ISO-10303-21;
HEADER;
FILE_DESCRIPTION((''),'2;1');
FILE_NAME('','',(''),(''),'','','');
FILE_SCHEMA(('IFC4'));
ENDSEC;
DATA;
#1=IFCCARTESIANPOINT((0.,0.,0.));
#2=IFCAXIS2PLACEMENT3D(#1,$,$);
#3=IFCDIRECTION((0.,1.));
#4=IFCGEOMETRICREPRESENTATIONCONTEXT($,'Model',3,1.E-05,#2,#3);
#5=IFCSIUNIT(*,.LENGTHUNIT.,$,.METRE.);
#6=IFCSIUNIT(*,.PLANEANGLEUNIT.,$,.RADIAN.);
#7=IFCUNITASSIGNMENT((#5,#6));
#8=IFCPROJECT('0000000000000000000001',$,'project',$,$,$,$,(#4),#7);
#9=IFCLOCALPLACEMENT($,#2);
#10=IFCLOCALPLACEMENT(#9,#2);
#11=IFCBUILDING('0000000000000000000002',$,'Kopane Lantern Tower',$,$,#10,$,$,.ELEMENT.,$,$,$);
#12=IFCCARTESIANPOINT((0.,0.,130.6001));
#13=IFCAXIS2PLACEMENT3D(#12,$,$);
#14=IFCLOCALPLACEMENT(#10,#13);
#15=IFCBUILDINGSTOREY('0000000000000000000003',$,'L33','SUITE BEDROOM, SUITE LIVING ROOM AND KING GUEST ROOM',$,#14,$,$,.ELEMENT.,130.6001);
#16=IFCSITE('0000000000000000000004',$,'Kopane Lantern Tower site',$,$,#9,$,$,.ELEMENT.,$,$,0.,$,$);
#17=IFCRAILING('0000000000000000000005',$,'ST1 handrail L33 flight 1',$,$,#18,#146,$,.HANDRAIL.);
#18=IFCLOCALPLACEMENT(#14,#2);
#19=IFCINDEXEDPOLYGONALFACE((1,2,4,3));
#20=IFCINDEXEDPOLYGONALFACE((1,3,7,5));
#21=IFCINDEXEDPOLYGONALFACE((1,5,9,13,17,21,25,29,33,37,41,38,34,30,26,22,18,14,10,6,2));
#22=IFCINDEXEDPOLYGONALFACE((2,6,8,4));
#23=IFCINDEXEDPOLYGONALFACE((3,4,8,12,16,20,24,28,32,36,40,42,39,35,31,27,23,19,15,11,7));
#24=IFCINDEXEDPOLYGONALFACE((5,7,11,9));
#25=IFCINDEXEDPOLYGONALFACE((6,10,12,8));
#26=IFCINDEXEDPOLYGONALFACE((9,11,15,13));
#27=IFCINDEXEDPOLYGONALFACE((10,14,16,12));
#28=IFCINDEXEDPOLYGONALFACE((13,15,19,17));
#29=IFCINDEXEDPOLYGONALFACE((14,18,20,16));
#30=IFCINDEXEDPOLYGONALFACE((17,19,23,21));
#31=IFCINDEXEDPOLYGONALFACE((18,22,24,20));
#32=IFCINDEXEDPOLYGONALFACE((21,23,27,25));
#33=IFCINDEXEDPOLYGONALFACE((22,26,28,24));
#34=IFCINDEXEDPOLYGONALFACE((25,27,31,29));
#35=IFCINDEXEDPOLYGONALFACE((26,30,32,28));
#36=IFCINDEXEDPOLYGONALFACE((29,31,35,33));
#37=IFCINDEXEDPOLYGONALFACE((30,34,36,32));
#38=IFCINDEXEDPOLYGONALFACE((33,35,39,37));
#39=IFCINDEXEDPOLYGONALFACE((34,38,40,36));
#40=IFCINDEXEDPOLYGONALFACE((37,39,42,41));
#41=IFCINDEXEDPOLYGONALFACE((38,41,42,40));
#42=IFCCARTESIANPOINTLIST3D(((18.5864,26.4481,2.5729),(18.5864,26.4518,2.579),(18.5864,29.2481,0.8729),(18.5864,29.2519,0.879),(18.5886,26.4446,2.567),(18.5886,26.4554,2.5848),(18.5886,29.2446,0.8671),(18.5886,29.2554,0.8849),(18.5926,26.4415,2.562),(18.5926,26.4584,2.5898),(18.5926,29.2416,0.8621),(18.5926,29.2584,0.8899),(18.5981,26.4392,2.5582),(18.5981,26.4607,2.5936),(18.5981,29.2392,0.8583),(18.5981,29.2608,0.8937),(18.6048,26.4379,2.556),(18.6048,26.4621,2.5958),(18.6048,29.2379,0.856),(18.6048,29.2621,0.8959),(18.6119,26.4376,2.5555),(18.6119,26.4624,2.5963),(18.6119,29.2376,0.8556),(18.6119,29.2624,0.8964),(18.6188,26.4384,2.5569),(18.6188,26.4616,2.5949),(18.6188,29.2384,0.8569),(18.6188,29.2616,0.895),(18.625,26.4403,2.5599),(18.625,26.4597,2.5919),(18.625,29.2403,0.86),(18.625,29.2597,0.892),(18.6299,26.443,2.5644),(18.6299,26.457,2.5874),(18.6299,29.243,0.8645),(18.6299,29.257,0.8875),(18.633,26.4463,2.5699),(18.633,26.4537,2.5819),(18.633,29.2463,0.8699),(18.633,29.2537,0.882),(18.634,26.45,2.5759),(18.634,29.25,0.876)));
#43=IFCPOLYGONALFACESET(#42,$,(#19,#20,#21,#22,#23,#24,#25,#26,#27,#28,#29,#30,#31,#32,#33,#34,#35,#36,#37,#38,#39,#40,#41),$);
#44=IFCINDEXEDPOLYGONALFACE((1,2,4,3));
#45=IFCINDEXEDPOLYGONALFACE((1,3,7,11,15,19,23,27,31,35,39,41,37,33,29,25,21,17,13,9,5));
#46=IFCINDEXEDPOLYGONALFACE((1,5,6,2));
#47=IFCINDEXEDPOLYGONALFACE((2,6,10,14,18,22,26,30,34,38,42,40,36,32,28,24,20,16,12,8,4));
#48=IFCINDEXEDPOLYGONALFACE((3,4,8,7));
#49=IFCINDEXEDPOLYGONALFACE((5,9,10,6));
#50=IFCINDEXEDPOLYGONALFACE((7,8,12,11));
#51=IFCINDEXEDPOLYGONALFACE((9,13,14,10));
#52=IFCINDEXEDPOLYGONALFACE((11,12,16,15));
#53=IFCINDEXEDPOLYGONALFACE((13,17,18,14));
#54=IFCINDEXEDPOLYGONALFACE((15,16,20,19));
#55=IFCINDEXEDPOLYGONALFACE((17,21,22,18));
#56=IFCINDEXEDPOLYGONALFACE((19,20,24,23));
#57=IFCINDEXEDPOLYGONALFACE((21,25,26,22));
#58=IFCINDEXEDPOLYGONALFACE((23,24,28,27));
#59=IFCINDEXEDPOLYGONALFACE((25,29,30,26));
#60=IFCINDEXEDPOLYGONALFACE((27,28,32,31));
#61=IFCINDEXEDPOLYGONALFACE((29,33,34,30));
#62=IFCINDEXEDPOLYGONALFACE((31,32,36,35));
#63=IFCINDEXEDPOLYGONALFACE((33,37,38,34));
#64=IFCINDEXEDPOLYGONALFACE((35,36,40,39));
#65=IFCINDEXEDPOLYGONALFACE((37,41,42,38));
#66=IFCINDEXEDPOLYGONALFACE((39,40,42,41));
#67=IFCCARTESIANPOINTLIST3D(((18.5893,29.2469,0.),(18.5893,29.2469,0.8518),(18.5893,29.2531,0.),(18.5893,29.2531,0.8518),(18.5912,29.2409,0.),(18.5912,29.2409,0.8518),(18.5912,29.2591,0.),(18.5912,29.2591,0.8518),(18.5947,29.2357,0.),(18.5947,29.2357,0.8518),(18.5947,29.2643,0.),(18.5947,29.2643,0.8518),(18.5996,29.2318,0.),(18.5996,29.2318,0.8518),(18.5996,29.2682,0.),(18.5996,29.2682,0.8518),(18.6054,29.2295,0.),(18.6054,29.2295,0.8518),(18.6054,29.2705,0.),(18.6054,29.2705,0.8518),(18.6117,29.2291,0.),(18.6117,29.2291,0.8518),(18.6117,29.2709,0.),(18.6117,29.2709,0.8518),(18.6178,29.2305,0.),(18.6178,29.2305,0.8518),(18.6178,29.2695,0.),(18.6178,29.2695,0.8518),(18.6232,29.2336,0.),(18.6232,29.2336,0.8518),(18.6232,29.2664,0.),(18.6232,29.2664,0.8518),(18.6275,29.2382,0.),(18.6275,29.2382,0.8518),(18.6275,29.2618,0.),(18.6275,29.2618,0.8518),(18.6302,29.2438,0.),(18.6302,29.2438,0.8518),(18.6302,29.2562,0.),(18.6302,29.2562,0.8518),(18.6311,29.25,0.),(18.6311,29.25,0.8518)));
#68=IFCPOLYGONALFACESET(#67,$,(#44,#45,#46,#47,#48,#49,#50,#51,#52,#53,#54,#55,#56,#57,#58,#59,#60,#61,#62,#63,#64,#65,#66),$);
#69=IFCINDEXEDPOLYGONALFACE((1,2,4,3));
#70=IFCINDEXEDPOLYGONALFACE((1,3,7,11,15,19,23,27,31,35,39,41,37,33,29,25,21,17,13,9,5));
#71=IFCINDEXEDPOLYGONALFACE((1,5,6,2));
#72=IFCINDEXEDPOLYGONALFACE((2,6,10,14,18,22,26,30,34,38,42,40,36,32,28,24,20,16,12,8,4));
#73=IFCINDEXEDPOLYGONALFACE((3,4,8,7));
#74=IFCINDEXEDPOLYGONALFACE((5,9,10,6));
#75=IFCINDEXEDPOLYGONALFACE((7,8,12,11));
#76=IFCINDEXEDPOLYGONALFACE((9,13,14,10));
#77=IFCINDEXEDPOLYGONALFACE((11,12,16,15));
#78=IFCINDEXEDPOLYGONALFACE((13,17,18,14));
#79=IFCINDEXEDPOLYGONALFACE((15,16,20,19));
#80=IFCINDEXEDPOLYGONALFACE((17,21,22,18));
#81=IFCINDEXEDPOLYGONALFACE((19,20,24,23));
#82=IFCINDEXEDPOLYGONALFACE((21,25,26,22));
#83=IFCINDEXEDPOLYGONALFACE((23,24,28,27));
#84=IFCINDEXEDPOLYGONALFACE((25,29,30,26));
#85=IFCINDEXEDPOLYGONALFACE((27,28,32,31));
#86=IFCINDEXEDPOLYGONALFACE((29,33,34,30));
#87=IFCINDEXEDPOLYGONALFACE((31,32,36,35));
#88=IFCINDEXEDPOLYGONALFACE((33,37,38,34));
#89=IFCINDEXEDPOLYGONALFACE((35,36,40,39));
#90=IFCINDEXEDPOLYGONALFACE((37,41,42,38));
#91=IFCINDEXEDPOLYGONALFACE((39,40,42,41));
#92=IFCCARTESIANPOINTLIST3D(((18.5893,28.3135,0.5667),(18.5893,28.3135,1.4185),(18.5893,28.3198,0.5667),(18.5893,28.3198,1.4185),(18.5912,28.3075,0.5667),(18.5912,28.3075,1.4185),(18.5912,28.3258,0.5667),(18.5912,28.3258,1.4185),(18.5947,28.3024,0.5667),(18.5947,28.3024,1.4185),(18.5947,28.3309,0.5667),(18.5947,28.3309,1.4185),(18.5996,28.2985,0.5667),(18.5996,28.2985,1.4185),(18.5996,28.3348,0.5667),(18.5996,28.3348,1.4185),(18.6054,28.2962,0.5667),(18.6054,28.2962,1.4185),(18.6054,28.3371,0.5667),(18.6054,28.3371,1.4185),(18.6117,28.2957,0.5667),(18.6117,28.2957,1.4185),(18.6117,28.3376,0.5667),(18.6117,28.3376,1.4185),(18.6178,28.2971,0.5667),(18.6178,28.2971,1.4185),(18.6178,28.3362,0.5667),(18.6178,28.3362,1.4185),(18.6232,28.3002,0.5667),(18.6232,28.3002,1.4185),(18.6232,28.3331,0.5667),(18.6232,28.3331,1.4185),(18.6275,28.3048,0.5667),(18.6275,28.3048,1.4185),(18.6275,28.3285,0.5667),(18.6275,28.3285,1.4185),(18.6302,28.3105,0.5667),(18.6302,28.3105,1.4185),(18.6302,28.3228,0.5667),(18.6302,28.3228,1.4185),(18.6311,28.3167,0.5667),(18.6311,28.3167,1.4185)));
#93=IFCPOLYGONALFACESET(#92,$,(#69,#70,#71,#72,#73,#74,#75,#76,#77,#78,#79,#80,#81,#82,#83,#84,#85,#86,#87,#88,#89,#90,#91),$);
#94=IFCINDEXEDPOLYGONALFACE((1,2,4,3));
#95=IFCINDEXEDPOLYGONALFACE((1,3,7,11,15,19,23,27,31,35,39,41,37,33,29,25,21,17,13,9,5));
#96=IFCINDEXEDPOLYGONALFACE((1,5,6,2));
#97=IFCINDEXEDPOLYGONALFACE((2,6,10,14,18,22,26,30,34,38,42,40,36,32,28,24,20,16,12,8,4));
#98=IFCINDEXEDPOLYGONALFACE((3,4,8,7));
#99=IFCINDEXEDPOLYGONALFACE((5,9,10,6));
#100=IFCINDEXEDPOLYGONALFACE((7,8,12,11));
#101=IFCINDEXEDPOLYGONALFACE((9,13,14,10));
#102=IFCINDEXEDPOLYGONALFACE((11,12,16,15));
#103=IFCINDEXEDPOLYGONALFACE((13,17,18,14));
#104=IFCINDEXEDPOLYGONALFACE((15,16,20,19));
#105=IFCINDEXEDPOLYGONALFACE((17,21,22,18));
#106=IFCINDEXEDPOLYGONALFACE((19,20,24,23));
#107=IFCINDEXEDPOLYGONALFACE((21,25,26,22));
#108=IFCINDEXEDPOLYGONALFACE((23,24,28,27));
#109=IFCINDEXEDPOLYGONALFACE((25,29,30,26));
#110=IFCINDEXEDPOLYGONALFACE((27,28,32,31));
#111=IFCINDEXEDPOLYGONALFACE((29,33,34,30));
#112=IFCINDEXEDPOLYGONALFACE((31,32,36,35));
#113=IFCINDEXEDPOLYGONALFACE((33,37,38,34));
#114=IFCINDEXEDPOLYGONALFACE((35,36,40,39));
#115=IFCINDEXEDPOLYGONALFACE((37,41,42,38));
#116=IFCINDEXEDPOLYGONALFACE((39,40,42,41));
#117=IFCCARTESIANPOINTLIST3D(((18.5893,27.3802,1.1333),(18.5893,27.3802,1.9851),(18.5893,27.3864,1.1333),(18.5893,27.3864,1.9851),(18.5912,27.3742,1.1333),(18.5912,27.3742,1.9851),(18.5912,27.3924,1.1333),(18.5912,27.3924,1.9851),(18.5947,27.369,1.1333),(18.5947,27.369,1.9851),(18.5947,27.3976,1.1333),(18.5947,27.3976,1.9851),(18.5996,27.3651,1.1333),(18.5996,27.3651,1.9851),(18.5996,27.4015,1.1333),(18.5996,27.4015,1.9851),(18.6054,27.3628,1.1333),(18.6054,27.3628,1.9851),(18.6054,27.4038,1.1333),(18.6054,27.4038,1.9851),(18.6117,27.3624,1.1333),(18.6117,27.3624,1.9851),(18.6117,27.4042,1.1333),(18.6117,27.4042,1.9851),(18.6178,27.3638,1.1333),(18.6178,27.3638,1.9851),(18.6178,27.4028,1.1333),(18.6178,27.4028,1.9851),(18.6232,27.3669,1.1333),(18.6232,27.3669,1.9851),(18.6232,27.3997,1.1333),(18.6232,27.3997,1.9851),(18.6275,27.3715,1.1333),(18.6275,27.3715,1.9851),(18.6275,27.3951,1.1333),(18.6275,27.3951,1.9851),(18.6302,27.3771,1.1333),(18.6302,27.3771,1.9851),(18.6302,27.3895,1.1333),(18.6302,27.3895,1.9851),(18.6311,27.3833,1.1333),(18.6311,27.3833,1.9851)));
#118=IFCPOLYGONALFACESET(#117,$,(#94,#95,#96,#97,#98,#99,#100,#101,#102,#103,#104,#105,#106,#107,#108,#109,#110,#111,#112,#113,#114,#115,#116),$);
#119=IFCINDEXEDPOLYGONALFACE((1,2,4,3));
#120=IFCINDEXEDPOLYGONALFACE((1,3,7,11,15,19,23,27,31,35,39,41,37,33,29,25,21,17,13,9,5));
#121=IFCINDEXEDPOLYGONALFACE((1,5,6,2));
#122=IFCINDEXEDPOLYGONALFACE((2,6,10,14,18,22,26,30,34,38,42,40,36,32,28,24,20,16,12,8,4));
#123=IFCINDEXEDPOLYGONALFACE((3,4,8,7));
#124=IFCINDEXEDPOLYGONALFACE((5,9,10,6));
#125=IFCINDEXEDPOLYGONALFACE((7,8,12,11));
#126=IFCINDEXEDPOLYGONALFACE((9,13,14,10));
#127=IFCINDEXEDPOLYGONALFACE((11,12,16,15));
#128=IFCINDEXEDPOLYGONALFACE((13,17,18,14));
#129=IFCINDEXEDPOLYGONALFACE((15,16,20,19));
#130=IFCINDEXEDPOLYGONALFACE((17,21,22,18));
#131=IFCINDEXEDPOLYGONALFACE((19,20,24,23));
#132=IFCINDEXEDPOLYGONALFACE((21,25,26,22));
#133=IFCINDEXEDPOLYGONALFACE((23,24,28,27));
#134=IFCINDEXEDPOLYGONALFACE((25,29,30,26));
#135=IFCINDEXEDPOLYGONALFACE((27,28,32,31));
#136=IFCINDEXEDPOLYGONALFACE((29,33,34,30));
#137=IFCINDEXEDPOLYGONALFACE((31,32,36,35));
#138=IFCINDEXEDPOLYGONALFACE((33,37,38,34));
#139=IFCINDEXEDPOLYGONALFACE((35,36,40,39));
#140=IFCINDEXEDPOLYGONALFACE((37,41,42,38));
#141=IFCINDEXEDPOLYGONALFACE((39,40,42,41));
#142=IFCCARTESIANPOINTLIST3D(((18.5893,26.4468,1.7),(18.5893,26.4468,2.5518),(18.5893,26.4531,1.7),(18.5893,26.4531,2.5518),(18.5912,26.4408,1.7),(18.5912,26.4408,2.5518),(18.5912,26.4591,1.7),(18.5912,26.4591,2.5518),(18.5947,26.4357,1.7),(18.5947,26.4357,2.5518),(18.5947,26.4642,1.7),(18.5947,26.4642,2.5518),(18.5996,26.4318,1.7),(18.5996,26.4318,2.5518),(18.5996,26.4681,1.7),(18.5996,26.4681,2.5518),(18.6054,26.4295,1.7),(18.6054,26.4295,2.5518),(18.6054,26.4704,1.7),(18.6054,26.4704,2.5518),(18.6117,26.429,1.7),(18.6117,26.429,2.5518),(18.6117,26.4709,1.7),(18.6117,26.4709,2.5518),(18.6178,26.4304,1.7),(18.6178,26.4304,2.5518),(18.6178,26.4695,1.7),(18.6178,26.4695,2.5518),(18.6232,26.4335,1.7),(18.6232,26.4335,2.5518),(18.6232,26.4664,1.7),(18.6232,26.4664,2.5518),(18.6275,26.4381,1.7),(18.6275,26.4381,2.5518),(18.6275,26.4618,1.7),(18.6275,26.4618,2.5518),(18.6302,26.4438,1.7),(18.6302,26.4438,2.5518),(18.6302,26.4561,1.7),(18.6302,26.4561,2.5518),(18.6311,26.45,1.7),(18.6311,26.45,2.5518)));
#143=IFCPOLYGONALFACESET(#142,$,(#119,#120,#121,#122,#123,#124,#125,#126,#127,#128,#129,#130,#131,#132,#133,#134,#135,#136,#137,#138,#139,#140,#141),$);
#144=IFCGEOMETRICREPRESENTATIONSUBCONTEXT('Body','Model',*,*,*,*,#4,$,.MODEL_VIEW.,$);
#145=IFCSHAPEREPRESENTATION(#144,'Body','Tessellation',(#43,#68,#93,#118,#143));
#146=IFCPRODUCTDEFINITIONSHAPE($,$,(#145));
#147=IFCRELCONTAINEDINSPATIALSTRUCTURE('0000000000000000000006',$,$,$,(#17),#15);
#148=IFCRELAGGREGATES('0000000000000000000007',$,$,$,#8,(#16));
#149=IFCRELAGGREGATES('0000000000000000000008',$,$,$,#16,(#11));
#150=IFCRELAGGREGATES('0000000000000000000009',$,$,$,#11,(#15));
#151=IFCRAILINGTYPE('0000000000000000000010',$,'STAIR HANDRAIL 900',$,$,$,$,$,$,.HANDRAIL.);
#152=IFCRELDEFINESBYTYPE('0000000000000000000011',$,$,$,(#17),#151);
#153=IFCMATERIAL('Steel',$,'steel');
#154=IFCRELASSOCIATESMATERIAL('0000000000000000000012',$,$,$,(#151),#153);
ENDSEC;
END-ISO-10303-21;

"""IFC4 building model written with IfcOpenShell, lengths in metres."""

from ifc_helpers import new_model, si_unit, direction, frame, origin, origin_2d, place, context, subcontext, project, spatial, circle, extrude, material, type_object, element, save


model = new_model("IFC4")

# Units and contexts
model_context = context("Model", 3, precision=1e-05, world=origin(), true_north=direction((0.0, 1.0)))
body_context = subcontext(model_context, "Body", "Model", "MODEL_VIEW")
ifc_project = project(units=[si_unit("LENGTHUNIT", "METRE"), si_unit("PLANEANGLEUNIT", "RADIAN")], contexts=[model_context])

# Site, building, storey
site_placement = place(None, origin())
site = spatial("IfcSite", under=ifc_project, at=site_placement, Name="Kopane Lantern Tower site", CompositionType="ELEMENT", RefElevation=0.0)
building_placement = place(site_placement, origin())
building = spatial("IfcBuilding", under=site, at=building_placement, Name="Kopane Lantern Tower", CompositionType="ELEMENT")
storey_placement = place(building_placement, frame((0.0, 0.0, 130.6001)))
storey = spatial("IfcBuildingStorey", under=building, at=storey_placement, Name="L33", Description="SUITE BEDROOM, SUITE LIVING ROOM AND KING GUEST ROOM", CompositionType="ELEMENT", Elevation=130.6001)

# Railing
ifc_material_1 = material(Name="Steel", Category="steel")
railing_type_1 = type_object("IfcRailingType", Name="STAIR HANDRAIL 900", PredefinedType="HANDRAIL", material=ifc_material_1)
for number, where, name in (
    (1, (18.6101, 29.25, 0.0), "ST1 handrail L33 flight 1"),
):
    element("IfcRailing", number, at=place(storey_placement, frame(where)), inside=storey, type_object=railing_type_1, Name=name, PredefinedType="HANDRAIL", context=body_context, shape_type="SweptSolid", body=[
        extrude(circle(Radius=0.0239, at=origin_2d()), frame((0.0, 0.0, 0.876), z_axis=(0.0, -0.854798, 0.518961), x_axis=(1.0, 0.0, 0.0)), (0.0, 0.0, 1.0), 3.2756),
        extrude(circle(Radius=0.021, at=origin_2d()), origin(), (0.0, 0.0, 1.0), 0.8518),
        extrude(circle(Radius=0.021, at=origin_2d()), frame((0.0, -0.9333, 0.5667)), (0.0, 0.0, 1.0), 0.8518),
        extrude(circle(Radius=0.021, at=origin_2d()), frame((0.0, -1.8667, 1.1333)), (0.0, 0.0, 1.0), 0.8518),
        extrude(circle(Radius=0.021, at=origin_2d()), frame((0.0, -2.8, 1.7)), (0.0, 0.0, 1.0), 0.8518),
    ])

save(model, "model.ifc")
